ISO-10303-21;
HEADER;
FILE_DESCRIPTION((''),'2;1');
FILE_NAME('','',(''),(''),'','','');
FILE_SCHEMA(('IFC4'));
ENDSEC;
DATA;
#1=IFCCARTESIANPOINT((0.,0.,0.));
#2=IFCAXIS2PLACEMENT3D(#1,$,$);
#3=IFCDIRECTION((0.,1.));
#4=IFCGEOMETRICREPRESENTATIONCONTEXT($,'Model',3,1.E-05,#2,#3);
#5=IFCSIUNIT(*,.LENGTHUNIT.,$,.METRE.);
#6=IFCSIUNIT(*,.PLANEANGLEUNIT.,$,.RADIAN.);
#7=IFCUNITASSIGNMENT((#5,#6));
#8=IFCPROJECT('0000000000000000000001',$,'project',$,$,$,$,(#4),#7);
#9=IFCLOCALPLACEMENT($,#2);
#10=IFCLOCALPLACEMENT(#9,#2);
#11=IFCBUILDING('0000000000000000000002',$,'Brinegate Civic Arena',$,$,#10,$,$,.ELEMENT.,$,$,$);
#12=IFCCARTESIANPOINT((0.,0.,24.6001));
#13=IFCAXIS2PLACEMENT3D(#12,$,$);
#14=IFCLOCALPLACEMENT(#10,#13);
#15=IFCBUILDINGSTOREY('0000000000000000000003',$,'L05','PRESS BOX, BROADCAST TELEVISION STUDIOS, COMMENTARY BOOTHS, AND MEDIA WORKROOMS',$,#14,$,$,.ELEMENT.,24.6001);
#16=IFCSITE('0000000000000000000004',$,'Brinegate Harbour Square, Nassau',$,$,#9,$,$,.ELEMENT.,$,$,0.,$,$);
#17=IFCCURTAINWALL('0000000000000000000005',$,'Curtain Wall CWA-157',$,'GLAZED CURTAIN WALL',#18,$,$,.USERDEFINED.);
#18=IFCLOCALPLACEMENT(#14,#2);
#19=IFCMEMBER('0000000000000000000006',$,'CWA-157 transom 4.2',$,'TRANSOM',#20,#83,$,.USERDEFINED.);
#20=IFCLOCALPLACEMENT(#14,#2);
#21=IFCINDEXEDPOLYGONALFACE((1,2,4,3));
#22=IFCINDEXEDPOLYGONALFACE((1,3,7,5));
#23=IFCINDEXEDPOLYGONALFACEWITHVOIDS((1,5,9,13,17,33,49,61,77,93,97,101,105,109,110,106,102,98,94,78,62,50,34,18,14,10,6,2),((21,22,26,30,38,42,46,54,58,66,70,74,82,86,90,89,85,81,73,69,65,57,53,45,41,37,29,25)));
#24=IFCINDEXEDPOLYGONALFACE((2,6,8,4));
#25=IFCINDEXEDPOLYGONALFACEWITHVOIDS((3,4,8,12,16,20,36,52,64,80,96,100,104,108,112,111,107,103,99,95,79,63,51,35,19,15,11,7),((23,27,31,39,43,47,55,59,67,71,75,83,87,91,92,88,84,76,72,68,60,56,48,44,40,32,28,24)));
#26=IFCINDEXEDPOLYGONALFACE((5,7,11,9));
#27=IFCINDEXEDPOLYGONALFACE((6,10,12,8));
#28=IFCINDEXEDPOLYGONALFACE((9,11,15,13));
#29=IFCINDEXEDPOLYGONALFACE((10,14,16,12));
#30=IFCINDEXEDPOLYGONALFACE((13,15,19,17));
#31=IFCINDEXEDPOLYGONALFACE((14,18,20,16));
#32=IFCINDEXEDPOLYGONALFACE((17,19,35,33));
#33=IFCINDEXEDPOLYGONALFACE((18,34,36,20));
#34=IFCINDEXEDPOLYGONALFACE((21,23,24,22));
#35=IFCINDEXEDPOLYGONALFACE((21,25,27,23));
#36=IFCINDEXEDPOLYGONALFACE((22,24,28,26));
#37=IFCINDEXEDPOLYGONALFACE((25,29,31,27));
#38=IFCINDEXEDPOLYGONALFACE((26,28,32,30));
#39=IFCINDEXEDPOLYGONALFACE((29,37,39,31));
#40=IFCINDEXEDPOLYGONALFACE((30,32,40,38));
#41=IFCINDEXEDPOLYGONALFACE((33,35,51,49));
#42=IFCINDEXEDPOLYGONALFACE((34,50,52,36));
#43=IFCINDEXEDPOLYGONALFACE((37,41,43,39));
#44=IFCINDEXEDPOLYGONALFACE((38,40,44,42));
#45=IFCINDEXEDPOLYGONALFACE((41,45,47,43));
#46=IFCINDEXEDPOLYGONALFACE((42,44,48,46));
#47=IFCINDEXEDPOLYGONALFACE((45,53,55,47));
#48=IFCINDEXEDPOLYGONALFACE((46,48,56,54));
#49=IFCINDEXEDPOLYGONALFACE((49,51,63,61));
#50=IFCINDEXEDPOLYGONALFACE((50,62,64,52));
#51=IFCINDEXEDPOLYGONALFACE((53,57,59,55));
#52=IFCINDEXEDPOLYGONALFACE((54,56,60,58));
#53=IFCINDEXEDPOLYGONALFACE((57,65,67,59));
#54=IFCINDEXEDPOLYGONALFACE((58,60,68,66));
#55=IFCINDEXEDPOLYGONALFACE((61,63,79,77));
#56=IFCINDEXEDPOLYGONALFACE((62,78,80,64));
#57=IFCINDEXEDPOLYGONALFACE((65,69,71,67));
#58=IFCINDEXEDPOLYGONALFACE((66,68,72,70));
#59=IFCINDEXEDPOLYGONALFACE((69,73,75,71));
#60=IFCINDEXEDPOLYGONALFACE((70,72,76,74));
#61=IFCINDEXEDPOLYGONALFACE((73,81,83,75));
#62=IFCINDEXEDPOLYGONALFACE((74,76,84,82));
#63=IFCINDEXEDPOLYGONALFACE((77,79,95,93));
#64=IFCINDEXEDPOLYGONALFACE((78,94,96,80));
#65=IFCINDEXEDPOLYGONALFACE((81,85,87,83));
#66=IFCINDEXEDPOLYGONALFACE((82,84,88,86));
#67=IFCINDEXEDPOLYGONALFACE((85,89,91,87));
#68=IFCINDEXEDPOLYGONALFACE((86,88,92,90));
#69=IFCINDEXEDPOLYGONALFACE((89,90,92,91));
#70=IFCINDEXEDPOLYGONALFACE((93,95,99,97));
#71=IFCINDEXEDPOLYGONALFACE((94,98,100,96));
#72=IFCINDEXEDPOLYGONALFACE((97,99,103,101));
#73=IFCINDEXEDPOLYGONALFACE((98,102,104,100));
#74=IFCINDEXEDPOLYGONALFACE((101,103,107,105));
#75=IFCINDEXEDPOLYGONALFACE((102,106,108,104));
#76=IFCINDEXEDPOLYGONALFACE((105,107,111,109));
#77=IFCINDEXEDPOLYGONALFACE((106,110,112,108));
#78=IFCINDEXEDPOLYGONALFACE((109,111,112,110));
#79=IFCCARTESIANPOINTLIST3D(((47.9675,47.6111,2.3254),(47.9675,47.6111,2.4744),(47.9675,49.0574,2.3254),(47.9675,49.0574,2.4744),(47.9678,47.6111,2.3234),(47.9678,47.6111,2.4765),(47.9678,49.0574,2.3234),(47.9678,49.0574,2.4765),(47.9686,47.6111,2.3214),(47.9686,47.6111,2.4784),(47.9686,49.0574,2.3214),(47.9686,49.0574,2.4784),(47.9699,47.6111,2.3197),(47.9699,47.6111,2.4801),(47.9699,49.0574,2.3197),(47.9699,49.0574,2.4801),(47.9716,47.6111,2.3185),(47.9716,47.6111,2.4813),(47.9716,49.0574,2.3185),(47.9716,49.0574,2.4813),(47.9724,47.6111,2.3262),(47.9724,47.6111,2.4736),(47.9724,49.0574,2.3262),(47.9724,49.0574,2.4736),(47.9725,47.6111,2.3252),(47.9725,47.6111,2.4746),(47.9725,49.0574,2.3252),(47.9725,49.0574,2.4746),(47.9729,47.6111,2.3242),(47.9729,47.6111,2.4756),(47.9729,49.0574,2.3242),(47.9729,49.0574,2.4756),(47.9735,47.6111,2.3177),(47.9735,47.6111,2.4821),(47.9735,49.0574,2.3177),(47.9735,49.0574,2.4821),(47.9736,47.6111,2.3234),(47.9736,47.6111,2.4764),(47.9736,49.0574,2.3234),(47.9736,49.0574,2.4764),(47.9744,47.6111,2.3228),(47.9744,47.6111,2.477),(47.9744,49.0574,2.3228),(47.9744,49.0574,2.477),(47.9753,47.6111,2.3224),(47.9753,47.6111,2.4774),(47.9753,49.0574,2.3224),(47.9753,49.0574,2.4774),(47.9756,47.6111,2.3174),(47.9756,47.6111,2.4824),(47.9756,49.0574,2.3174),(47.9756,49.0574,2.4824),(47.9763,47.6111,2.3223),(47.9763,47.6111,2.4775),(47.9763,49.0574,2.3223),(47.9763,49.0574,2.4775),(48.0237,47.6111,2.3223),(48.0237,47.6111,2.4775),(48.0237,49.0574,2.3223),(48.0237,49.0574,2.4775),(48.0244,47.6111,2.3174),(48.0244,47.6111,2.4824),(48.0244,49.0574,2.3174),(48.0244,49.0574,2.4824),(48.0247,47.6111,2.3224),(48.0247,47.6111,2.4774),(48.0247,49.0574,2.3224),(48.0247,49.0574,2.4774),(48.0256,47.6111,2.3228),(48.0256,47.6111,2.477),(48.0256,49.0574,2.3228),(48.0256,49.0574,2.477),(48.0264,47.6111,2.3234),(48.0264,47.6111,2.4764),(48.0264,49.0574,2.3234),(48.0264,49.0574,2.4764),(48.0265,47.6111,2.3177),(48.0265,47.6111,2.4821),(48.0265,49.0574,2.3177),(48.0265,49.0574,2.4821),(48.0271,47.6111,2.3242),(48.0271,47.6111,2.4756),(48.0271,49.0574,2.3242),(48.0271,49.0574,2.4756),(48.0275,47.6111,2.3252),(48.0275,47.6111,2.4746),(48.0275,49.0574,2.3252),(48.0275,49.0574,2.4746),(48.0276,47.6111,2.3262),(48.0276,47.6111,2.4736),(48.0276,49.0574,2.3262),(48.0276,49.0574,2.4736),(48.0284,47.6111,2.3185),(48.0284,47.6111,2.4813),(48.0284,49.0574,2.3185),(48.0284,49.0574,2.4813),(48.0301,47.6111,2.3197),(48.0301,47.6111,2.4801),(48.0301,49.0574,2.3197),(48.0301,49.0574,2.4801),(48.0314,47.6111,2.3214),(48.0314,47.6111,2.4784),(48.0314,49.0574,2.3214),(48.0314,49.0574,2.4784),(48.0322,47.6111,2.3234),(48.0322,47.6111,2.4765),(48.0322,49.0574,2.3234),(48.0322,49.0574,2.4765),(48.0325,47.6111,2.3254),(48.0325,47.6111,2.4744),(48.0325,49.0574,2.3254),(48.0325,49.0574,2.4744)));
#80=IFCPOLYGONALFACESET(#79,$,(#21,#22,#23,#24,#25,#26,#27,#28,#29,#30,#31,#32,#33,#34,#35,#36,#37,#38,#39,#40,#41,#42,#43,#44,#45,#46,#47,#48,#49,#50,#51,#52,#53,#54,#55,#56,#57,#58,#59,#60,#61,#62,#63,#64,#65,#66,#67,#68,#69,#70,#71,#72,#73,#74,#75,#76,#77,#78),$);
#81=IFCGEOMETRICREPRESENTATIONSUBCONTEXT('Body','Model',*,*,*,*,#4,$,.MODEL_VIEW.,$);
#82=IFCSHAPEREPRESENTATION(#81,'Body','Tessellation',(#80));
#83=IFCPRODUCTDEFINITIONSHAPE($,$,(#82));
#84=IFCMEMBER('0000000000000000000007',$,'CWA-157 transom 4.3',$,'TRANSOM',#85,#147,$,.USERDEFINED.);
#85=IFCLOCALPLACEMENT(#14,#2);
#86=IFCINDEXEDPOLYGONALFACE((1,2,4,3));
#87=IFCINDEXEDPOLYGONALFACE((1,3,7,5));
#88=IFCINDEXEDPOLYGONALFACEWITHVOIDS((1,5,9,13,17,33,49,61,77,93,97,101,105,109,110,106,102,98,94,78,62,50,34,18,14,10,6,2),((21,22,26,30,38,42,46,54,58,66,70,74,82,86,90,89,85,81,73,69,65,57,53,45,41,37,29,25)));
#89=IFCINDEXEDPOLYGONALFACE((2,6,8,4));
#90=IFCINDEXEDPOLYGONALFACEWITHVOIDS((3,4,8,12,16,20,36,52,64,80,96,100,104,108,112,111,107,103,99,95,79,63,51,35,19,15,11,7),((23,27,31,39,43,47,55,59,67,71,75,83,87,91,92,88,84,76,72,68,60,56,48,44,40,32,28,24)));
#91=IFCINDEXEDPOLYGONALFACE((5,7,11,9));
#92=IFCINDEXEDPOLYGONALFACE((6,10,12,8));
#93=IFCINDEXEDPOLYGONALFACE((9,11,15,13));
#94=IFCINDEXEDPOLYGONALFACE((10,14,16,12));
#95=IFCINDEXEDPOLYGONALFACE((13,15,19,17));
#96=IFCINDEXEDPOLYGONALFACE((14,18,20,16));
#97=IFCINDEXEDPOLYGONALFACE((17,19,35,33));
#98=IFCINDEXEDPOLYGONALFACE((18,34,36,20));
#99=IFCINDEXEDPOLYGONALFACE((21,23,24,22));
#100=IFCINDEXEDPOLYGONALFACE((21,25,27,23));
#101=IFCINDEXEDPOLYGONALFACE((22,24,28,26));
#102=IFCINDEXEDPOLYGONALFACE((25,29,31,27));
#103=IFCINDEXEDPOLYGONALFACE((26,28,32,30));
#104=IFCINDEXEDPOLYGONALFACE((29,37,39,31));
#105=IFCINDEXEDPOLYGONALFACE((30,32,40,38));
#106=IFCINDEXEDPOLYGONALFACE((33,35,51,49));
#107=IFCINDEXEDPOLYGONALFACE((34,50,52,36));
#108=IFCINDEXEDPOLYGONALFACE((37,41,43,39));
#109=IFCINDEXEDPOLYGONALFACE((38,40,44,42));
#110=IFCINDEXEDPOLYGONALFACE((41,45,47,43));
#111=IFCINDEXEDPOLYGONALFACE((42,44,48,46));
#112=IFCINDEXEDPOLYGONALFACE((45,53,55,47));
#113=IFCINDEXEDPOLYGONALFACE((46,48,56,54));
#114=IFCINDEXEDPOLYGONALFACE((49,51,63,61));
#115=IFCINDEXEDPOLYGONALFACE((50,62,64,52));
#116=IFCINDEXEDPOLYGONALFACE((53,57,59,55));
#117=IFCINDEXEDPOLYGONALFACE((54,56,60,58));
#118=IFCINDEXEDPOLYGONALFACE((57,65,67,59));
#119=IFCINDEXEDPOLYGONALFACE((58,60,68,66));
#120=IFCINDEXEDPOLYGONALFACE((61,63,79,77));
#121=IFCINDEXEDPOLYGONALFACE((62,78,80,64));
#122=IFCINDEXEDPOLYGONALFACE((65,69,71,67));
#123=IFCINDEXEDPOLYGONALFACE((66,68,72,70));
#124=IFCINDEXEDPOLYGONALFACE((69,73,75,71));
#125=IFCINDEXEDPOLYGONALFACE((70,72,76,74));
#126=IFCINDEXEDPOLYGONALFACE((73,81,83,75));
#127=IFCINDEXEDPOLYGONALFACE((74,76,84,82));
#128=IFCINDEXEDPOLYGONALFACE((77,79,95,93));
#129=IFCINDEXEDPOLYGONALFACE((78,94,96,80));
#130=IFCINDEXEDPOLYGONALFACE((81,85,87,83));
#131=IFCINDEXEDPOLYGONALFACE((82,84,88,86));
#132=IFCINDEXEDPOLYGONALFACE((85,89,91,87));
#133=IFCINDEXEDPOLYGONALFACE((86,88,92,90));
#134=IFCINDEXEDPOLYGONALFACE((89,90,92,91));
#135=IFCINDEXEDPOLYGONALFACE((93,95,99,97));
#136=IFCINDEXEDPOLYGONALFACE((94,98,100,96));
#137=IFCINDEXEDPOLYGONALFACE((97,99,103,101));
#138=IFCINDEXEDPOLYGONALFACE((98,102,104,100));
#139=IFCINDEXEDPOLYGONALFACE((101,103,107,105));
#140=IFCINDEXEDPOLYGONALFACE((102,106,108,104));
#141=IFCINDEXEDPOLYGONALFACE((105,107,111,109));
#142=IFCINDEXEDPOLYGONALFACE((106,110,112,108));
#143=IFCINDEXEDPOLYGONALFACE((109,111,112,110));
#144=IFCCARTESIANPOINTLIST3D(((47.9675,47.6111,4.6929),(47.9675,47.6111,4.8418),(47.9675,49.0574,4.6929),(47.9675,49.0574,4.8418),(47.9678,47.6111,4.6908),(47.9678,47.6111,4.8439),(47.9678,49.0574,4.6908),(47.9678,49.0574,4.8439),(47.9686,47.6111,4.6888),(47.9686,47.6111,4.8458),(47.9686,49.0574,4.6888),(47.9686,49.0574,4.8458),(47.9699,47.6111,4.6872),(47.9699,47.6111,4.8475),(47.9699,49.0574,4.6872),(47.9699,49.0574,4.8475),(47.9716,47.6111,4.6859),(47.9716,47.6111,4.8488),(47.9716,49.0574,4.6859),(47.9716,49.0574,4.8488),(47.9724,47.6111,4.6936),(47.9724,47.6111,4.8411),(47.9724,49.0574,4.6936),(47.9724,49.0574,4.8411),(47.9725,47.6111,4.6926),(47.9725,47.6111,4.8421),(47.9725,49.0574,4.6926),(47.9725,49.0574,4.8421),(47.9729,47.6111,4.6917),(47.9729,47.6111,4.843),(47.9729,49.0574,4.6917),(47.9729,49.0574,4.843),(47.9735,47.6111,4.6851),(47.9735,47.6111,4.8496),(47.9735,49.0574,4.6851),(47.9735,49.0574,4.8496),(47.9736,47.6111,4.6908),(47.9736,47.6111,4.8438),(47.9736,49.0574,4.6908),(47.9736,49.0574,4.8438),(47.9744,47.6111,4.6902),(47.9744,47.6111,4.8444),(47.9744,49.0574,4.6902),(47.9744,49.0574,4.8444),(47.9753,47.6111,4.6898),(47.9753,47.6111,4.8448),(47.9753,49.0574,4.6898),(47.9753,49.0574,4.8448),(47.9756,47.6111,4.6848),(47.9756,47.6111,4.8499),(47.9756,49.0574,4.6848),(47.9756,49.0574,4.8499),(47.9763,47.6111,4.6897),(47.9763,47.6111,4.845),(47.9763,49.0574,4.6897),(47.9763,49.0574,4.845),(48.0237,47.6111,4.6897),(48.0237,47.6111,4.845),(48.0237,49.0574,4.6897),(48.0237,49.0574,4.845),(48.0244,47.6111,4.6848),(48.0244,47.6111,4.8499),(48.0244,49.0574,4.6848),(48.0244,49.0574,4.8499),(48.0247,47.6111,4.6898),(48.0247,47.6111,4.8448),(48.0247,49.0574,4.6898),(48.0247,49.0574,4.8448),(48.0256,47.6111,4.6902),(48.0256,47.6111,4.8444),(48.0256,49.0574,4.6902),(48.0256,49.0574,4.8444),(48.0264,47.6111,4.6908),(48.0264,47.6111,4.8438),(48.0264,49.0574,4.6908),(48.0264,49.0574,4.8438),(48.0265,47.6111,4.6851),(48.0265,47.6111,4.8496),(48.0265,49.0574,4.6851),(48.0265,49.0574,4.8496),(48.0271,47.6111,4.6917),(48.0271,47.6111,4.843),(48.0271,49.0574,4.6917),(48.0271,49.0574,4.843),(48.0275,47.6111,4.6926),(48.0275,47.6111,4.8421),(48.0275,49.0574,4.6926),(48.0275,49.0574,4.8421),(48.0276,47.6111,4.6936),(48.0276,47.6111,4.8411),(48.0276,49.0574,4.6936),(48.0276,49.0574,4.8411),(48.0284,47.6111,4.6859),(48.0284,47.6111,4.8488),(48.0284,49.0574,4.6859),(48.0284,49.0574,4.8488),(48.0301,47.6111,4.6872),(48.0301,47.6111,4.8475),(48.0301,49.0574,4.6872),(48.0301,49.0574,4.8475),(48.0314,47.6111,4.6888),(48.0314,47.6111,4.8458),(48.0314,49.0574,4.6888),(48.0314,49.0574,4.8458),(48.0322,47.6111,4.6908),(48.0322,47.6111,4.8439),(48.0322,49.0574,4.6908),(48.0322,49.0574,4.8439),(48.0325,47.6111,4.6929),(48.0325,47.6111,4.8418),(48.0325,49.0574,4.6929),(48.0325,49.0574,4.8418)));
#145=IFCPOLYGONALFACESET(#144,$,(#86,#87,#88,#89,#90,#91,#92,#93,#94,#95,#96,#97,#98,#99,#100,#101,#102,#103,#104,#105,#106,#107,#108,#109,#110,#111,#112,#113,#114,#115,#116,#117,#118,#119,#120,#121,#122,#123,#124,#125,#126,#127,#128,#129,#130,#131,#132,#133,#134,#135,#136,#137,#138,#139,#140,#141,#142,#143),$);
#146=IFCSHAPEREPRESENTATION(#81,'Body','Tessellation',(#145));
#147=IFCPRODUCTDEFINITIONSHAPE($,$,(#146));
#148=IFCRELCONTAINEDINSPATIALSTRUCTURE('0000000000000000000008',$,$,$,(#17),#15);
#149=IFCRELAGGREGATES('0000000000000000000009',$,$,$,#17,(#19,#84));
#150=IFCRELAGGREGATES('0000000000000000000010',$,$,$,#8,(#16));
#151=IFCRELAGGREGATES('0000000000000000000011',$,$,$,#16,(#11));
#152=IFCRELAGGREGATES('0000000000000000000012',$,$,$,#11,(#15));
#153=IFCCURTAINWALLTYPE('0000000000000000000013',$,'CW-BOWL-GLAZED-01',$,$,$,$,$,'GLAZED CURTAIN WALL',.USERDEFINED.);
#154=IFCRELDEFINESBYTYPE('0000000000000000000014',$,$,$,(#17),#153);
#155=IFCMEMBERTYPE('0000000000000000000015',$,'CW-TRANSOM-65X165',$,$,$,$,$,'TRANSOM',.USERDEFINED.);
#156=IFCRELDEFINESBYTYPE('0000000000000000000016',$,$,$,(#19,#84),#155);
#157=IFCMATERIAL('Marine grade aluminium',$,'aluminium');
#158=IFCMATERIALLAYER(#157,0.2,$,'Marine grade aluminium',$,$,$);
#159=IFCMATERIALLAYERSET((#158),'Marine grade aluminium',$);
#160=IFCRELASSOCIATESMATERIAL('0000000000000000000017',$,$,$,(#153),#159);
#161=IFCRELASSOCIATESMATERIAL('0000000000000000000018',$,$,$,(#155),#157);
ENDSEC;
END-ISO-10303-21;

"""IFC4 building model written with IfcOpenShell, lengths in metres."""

from ifc_helpers import new_model, si_unit, direction, frame, origin, origin_2d, place, context, subcontext, project, spatial, hollow_rectangle, extrude, material, layer, layer_set, material_profile, profile_set, type_object, element, aggregate, save


model = new_model("IFC4")

# Units and contexts
model_context = context("Model", 3, precision=1e-05, world=origin(), true_north=direction((0.0, 1.0)))
body_context = subcontext(model_context, "Body", "Model", "MODEL_VIEW")
ifc_project = project(units=[si_unit("LENGTHUNIT", "METRE"), si_unit("PLANEANGLEUNIT", "RADIAN")], contexts=[model_context])

# Site, building, storey
site_placement = place(None, origin())
site = spatial("IfcSite", under=ifc_project, at=site_placement, Name="Brinegate Harbour Square, Nassau", CompositionType="ELEMENT", RefElevation=0.0)
building_placement = place(site_placement, origin())
building = spatial("IfcBuilding", under=site, at=building_placement, Name="Brinegate Civic Arena", CompositionType="ELEMENT")
storey_placement = place(building_placement, frame((0.0, 0.0, 24.6001)))
storey = spatial("IfcBuildingStorey", under=building, at=storey_placement, Name="L05", Description="PRESS BOX, BROADCAST TELEVISION STUDIOS, COMMENTARY BOOTHS, AND MEDIA WORKROOMS", CompositionType="ELEMENT", Elevation=24.6001)

# Curtain wall, members
ifc_material_1 = material(Name="Marine grade aluminium", Category="aluminium")
ifc_layer_1 = layer(ifc_material_1, 0.2, Name="Marine grade aluminium")
ifc_layer_set_1 = layer_set([ifc_layer_1], Name="Marine grade aluminium")
curtain_wall_type = type_object("IfcCurtainWallType", Name="CW-BOWL-GLAZED-01", ElementType="GLAZED CURTAIN WALL", PredefinedType="USERDEFINED", material=ifc_layer_set_1)
curtain_wall_placement = place(storey_placement, origin())
curtain_wall = element("IfcCurtainWall", 1, at=curtain_wall_placement, inside=storey, type_object=curtain_wall_type, Name="Curtain Wall CWA-157", ObjectType="GLAZED CURTAIN WALL", PredefinedType="USERDEFINED")
ifc_material_profile_1 = material_profile(ifc_material_1, hollow_rectangle(XDim=0.0649, YDim=0.165, WallThickness=0.0049, InnerFilletRadius=0.0039, OuterFilletRadius=0.0081, at=origin_2d()), Name="TRN65X165")
ifc_profile_set_1 = profile_set([ifc_material_profile_1], Name="Marine grade aluminium")
member_type_1 = type_object("IfcMemberType", Name="CW-TRANSOM-65X165", ElementType="TRANSOM", PredefinedType="USERDEFINED", material=ifc_profile_set_1)
member_1_placement = place(storey_placement, frame((48.0, 47.6111, 2.3999), z_axis=(0.0, 1.0, 0.0), x_axis=(-1.0, 0.0, 0.0)))
member_1 = element("IfcMember", 2, at=member_1_placement, type_object=member_type_1, Name="CWA-157 transom 4.2", ObjectType="TRANSOM", PredefinedType="USERDEFINED", context=body_context, shape_type="SweptSolid", body=[
    extrude(hollow_rectangle(XDim=0.0649, YDim=0.165, WallThickness=0.0049, InnerFilletRadius=0.0039, OuterFilletRadius=0.0081, at=origin_2d()), origin(), (0.0, 0.0, 1.0), 1.4463),
])
member_2_placement = place(storey_placement, frame((48.0, 47.6111, 4.7673), z_axis=(0.0, 1.0, 0.0), x_axis=(-1.0, 0.0, 0.0)))
member_2 = element("IfcMember", 3, at=member_2_placement, type_object=member_type_1, Name="CWA-157 transom 4.3", ObjectType="TRANSOM", PredefinedType="USERDEFINED", context=body_context, shape_type="SweptSolid", body=[
    extrude(hollow_rectangle(XDim=0.0649, YDim=0.165, WallThickness=0.0049, InnerFilletRadius=0.0039, OuterFilletRadius=0.0081, at=origin_2d()), origin(), (0.0, 0.0, 1.0), 1.4463),
])

aggregate(curtain_wall, [member_1, member_2])

save(model, "model.ifc")
